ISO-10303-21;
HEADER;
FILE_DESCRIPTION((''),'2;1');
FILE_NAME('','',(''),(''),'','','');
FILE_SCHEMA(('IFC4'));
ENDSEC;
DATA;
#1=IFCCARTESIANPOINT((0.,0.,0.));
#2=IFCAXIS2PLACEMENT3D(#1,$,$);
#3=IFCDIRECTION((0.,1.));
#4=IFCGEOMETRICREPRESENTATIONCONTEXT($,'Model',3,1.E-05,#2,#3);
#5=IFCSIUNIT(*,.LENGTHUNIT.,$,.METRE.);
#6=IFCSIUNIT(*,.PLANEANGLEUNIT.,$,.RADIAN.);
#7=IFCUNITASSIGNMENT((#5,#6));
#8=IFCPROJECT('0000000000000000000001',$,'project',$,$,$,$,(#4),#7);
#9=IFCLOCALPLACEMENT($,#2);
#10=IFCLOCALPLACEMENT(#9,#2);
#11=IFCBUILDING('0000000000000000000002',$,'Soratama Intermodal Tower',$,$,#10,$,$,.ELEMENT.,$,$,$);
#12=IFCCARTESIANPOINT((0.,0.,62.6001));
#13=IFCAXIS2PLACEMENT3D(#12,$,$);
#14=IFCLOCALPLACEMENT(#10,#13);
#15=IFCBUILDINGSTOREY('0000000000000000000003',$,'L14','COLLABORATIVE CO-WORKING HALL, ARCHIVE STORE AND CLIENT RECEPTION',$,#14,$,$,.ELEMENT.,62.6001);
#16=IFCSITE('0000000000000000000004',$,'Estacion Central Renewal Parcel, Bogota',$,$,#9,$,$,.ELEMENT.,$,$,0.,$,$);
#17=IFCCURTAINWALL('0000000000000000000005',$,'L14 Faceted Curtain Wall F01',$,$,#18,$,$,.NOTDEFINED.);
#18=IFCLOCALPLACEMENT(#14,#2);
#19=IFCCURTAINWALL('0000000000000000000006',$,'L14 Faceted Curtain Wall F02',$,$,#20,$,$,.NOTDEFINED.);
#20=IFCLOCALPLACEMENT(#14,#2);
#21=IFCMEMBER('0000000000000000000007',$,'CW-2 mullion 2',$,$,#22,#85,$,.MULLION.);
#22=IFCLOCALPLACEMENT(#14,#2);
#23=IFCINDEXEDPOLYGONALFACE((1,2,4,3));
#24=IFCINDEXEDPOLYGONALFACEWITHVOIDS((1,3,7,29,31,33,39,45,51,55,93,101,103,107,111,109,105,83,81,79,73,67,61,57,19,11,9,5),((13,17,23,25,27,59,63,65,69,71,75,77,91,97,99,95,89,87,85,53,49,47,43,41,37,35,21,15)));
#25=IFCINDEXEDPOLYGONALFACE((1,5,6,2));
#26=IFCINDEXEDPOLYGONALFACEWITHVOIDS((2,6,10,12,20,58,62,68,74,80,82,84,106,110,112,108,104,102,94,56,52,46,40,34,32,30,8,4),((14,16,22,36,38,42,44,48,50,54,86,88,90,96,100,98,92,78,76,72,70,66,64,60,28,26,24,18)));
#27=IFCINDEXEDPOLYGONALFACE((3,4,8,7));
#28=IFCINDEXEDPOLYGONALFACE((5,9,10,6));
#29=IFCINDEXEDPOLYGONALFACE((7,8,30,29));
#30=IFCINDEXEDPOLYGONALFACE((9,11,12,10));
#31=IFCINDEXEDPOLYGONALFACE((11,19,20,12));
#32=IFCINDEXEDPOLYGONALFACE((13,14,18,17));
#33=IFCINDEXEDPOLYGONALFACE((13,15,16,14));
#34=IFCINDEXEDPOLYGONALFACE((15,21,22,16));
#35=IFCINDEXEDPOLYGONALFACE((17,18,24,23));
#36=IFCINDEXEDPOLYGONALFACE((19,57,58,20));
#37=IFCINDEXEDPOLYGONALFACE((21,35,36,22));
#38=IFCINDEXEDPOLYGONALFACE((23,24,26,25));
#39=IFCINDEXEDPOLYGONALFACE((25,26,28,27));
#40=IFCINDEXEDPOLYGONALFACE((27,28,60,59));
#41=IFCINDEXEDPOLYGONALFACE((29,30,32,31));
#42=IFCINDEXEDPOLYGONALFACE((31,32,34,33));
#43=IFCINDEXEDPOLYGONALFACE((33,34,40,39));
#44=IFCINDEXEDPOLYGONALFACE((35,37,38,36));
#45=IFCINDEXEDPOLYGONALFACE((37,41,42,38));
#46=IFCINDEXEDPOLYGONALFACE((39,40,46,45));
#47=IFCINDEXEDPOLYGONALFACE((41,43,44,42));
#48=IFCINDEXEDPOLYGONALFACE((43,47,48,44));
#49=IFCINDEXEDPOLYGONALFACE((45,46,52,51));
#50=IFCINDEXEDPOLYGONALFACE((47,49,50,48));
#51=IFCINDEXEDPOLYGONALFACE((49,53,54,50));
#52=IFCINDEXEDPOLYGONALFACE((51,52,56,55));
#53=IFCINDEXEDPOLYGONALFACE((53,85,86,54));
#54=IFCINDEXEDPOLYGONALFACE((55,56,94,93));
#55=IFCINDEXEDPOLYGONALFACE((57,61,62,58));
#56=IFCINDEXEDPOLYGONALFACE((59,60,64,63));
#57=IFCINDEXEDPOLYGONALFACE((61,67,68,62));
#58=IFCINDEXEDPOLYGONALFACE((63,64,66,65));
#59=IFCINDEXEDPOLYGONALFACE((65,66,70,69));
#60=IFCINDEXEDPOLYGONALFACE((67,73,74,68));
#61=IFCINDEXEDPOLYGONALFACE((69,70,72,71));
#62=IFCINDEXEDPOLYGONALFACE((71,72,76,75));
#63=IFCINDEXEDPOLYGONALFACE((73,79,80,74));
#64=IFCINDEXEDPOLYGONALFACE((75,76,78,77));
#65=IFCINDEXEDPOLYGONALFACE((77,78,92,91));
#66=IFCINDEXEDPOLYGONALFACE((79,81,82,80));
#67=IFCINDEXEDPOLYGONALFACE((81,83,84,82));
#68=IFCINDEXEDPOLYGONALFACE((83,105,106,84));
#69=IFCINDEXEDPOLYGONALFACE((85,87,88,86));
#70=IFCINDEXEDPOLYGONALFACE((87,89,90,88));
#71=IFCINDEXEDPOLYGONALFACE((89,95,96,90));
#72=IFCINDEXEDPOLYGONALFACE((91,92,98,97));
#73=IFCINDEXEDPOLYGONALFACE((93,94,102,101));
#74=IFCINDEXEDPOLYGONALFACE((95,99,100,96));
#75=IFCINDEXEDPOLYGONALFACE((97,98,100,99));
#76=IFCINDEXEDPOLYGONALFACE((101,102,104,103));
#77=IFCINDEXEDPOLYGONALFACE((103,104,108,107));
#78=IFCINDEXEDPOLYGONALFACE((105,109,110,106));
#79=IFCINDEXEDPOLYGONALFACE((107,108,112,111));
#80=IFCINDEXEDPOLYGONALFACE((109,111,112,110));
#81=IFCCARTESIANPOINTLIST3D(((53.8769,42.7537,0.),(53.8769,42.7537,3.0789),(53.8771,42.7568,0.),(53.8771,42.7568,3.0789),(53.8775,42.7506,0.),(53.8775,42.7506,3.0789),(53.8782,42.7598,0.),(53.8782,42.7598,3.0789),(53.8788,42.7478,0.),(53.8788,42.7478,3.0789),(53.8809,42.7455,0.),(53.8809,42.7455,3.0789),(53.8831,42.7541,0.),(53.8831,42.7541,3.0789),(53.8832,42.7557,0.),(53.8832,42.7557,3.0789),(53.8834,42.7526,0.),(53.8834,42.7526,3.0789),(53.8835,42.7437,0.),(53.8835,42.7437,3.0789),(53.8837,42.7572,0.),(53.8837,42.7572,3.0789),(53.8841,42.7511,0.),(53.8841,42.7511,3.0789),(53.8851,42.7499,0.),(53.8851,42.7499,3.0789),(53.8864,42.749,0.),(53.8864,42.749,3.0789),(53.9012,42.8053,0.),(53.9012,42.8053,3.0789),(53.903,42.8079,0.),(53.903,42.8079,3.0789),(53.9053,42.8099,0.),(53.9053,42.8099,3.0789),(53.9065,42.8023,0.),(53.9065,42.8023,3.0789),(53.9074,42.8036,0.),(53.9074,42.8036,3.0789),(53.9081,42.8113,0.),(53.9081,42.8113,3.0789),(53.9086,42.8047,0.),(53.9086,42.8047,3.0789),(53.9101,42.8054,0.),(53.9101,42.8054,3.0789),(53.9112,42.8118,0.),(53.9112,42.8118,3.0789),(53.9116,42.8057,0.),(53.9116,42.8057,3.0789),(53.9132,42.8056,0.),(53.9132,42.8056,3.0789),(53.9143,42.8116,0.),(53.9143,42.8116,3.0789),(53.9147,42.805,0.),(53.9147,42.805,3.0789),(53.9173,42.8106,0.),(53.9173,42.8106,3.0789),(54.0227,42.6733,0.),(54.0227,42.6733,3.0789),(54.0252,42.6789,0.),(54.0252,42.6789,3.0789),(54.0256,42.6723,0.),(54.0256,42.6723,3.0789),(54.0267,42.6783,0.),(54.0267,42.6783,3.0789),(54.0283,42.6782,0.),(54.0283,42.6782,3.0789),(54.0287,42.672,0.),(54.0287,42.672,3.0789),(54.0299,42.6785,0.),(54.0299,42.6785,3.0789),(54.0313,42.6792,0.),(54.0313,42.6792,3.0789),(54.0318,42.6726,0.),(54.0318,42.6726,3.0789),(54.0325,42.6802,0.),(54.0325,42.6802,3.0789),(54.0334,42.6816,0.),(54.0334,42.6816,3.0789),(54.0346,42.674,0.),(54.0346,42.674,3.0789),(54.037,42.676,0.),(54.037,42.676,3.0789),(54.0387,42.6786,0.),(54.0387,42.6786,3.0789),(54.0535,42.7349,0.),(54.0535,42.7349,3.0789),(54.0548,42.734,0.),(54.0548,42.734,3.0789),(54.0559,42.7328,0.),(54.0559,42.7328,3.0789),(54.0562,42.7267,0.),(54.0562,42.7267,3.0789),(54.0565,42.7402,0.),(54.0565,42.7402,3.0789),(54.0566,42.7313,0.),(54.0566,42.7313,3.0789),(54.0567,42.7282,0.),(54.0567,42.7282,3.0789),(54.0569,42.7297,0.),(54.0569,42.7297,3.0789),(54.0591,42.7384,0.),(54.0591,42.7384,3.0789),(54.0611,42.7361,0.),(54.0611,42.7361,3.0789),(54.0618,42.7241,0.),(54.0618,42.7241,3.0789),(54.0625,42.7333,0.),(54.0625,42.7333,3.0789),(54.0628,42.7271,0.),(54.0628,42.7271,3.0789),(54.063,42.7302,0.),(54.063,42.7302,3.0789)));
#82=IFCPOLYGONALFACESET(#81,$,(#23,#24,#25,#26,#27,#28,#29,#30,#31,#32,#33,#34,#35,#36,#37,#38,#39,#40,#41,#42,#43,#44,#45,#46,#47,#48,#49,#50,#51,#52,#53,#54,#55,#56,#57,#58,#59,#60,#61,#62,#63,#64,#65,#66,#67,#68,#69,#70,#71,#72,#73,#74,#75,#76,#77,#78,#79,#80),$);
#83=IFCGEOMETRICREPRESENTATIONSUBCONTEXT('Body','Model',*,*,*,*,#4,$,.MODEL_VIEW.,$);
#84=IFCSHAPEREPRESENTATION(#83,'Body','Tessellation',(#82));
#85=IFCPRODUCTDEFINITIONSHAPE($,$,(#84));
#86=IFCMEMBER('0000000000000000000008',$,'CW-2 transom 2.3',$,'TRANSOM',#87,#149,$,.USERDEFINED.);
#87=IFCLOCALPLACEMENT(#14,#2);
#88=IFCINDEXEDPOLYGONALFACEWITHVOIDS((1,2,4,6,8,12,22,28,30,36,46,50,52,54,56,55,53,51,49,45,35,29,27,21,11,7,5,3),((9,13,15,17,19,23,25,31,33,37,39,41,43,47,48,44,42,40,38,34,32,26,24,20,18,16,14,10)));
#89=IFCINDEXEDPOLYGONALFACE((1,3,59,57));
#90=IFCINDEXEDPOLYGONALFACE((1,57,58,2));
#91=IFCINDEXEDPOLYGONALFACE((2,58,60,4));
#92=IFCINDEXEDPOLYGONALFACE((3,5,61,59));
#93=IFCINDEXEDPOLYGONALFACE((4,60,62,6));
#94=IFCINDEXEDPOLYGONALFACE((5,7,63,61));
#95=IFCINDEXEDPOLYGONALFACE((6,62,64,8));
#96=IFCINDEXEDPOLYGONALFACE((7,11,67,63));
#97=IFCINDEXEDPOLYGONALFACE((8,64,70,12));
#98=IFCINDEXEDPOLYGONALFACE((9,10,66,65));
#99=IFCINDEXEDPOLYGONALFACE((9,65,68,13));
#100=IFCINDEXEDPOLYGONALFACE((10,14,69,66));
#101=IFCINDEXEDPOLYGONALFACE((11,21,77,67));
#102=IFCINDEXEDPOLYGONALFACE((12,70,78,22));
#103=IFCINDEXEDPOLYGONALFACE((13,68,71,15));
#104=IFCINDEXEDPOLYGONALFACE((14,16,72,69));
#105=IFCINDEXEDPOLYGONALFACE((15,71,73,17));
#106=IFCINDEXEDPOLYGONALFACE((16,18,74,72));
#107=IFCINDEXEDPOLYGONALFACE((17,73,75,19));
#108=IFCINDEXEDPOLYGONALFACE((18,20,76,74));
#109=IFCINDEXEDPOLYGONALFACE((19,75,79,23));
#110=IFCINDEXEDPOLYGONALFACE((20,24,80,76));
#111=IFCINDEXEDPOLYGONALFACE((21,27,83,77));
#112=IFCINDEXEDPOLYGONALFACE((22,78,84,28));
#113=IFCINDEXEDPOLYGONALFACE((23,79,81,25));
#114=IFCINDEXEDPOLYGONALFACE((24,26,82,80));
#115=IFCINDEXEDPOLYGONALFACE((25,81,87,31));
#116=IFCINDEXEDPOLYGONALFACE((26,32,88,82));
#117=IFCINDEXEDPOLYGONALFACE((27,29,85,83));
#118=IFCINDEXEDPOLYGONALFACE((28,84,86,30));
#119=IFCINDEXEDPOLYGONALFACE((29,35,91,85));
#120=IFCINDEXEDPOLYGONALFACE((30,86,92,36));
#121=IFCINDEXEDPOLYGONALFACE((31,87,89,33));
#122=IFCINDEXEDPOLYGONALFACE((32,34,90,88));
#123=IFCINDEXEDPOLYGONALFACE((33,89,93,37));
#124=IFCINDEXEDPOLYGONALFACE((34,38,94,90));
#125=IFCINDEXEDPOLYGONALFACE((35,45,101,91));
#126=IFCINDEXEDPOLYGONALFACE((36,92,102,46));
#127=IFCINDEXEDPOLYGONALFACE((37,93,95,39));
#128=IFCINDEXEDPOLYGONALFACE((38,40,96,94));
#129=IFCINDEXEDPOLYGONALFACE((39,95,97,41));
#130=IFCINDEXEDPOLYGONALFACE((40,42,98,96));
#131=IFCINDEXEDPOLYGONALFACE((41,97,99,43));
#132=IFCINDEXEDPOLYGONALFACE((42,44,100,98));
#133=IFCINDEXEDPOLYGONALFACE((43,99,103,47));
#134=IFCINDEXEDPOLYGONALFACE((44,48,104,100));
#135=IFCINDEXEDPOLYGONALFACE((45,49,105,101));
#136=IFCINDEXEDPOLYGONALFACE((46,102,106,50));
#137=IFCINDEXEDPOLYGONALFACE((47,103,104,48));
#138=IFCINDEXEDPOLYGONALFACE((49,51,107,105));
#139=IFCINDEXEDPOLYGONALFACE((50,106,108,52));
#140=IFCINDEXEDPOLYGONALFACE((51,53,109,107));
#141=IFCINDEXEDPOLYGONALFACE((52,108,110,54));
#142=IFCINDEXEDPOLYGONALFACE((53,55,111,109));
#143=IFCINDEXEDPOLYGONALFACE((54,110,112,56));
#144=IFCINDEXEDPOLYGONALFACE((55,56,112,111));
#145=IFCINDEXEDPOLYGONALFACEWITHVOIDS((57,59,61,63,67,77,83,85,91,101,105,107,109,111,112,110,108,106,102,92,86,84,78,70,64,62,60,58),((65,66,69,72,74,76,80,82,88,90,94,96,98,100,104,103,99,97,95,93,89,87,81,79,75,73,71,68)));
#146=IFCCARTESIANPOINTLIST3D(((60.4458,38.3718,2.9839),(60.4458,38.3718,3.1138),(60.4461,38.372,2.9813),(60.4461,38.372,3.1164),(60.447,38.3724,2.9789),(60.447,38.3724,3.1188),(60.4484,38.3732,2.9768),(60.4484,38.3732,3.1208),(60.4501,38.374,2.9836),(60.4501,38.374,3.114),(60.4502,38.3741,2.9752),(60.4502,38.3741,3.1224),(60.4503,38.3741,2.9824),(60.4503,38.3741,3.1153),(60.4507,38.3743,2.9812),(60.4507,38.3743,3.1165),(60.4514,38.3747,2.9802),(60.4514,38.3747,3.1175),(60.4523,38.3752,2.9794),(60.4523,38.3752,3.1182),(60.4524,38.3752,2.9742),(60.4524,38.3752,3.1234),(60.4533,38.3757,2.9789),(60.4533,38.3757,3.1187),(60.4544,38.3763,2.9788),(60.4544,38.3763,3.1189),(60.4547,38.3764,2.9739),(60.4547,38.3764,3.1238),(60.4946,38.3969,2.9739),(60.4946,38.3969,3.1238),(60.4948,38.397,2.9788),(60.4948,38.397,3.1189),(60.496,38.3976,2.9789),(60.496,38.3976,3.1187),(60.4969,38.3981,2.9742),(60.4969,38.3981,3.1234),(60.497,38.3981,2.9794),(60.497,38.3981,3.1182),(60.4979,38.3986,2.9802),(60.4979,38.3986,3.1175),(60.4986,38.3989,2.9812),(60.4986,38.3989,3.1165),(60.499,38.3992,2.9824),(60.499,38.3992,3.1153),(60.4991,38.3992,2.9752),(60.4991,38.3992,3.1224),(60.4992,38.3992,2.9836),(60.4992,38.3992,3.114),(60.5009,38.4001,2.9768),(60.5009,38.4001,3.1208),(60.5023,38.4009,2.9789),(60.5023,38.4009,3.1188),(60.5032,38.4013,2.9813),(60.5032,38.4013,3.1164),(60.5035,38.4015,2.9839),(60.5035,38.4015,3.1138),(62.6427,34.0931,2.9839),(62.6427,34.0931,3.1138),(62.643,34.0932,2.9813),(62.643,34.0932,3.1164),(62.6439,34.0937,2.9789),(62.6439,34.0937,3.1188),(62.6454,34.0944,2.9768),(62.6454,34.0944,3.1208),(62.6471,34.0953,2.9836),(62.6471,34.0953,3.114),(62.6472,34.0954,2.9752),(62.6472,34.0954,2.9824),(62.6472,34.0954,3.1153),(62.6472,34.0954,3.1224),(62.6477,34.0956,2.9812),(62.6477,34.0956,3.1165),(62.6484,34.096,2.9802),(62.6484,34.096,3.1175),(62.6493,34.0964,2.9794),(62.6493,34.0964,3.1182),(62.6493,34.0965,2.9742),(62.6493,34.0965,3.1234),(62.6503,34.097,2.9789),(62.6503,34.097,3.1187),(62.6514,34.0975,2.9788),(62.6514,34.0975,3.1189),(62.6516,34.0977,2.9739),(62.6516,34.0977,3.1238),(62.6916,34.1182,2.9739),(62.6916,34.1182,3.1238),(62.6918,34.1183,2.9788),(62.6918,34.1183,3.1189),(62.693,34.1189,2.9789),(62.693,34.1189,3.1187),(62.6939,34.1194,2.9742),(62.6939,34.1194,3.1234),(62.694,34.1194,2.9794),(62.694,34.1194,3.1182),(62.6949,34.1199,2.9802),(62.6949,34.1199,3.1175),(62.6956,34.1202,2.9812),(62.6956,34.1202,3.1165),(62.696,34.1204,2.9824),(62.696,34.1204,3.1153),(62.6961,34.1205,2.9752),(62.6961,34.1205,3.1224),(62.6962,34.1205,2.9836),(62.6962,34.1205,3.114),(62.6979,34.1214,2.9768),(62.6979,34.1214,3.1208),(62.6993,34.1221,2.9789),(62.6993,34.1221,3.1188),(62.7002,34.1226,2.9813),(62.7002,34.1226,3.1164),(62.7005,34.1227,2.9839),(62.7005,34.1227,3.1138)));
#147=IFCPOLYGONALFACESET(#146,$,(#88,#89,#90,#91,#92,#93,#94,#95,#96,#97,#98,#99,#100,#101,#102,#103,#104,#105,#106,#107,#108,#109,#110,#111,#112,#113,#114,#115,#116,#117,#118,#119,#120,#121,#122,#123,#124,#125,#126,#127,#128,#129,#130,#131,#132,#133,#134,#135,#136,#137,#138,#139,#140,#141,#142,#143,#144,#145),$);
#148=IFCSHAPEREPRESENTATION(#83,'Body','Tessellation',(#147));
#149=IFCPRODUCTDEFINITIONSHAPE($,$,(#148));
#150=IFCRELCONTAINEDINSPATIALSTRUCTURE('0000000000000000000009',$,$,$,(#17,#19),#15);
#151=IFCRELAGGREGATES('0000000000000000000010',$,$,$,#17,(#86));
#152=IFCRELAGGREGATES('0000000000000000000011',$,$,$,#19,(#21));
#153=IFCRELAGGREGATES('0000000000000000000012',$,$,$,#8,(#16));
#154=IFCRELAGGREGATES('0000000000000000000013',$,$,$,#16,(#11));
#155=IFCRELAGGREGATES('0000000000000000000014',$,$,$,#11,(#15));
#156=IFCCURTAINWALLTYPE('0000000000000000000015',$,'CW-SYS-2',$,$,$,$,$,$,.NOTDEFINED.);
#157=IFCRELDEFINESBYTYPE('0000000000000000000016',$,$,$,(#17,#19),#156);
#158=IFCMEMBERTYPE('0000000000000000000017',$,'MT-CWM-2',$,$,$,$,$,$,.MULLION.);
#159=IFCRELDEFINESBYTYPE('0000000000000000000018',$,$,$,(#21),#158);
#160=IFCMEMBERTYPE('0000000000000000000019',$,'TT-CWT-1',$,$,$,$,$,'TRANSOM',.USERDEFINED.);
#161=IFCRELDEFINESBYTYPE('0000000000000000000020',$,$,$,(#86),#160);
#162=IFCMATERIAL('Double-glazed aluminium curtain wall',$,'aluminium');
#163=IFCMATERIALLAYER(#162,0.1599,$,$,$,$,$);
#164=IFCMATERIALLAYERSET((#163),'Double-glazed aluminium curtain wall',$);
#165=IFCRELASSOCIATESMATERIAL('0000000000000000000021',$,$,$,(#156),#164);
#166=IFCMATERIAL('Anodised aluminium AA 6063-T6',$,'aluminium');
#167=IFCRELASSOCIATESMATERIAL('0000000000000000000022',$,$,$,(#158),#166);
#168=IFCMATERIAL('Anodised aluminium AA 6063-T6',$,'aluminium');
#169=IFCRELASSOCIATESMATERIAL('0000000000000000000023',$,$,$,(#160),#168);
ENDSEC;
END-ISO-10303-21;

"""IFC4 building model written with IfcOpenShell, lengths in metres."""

from ifc_helpers import new_model, si_unit, direction, frame, origin, origin_2d, place, context, subcontext, project, spatial, hollow_rectangle, extrude, material, layer, layer_set, material_profile, profile_set, type_object, element, aggregate, save


model = new_model("IFC4")

# Units and contexts
model_context = context("Model", 3, precision=1e-05, world=origin(), true_north=direction((0.0, 1.0)))
body_context = subcontext(model_context, "Body", "Model", "MODEL_VIEW")
ifc_project = project(units=[si_unit("LENGTHUNIT", "METRE"), si_unit("PLANEANGLEUNIT", "RADIAN")], contexts=[model_context])

# Site, building, storey
site_placement = place(None, origin())
site = spatial("IfcSite", under=ifc_project, at=site_placement, Name="Estacion Central Renewal Parcel, Bogota", CompositionType="ELEMENT", RefElevation=0.0)
building_placement = place(site_placement, origin())
building = spatial("IfcBuilding", under=site, at=building_placement, Name="Soratama Intermodal Tower", CompositionType="ELEMENT")
storey_placement = place(building_placement, frame((0.0, 0.0, 62.6001)))
storey = spatial("IfcBuildingStorey", under=building, at=storey_placement, Name="L14", Description="COLLABORATIVE CO-WORKING HALL, ARCHIVE STORE AND CLIENT RECEPTION", CompositionType="ELEMENT", Elevation=62.6001)

# Curtain wall
ifc_material_1 = material(Name="Double-glazed aluminium curtain wall", Category="aluminium")
ifc_layer_1 = layer(ifc_material_1, 0.1599)
ifc_layer_set_1 = layer_set([ifc_layer_1], Name="Double-glazed aluminium curtain wall")
curtain_wall_type = type_object("IfcCurtainWallType", Name="CW-SYS-2", PredefinedType="NOTDEFINED", material=ifc_layer_set_1)
curtain_wall_1_placement = place(storey_placement, origin())
curtain_wall_1 = element("IfcCurtainWall", 1, at=curtain_wall_1_placement, inside=storey, type_object=curtain_wall_type, Name="L14 Faceted Curtain Wall F01", PredefinedType="NOTDEFINED")
ifc_material_2 = material(Name="Anodised aluminium AA 6063-T6", Category="aluminium")
ifc_material_profile_1 = material_profile(ifc_material_2, hollow_rectangle(XDim=0.075, YDim=0.1799, WallThickness=0.0061, InnerFilletRadius=0.0061, OuterFilletRadius=0.012, at=origin_2d()), Name="CWM180X75X6")
ifc_profile_set_1 = profile_set([ifc_material_profile_1], Name="Anodised aluminium AA 6063-T6")
member_type_1 = type_object("IfcMemberType", Name="MT-CWM-2", PredefinedType="MULLION", material=ifc_profile_set_1)

# Curtain wall, member
curtain_wall_2_placement = place(storey_placement, origin())
curtain_wall_2 = element("IfcCurtainWall", 2, at=curtain_wall_2_placement, inside=storey, type_object=curtain_wall_type, Name="L14 Faceted Curtain Wall F02", PredefinedType="NOTDEFINED")
member_1_placement = place(storey_placement, frame((53.97, 42.7419, 0.0), z_axis=(0.0, 0.0, 1.0), x_axis=(-0.451185, -0.892431, 0.0)))
member_1 = element("IfcMember", 3, at=member_1_placement, type_object=member_type_1, Name="CW-2 mullion 2", PredefinedType="MULLION", context=body_context, shape_type="SweptSolid", body=[
    extrude(hollow_rectangle(XDim=0.075, YDim=0.1799, WallThickness=0.0061, InnerFilletRadius=0.0061, OuterFilletRadius=0.012, at=origin_2d()), origin(), (0.0, 0.0, 1.0), 3.0789),
])

# Member
ifc_material_3 = material(Name="Anodised aluminium AA 6063-T6", Category="aluminium")
ifc_material_profile_2 = material_profile(ifc_material_3, hollow_rectangle(XDim=0.0649, YDim=0.1499, WallThickness=0.0049, InnerFilletRadius=0.0049, OuterFilletRadius=0.01, at=origin_2d()), Name="CWT150X65X5")
ifc_profile_set_2 = profile_set([ifc_material_profile_2], Name="Anodised aluminium AA 6063-T6")
member_type_2 = type_object("IfcMemberType", Name="TT-CWT-1", ElementType="TRANSOM", PredefinedType="USERDEFINED", material=ifc_profile_set_2)
member_2_placement = place(storey_placement, frame((62.6716, 34.1079, 3.0488), z_axis=(-0.456771, 0.889584, 0.0), x_axis=(-0.889584, -0.456771, 0.0)))
member_2 = element("IfcMember", 4, at=member_2_placement, type_object=member_type_2, Name="CW-2 transom 2.3", ObjectType="TRANSOM", PredefinedType="USERDEFINED", context=body_context, shape_type="SweptSolid", body=[
    extrude(hollow_rectangle(XDim=0.0649, YDim=0.1499, WallThickness=0.0049, InnerFilletRadius=0.0049, OuterFilletRadius=0.01, at=origin_2d()), origin(), (0.0, 0.0, 1.0), 4.8098),
])

aggregate(curtain_wall_1, [member_2])
aggregate(curtain_wall_2, [member_1])

save(model, "model.ifc")
